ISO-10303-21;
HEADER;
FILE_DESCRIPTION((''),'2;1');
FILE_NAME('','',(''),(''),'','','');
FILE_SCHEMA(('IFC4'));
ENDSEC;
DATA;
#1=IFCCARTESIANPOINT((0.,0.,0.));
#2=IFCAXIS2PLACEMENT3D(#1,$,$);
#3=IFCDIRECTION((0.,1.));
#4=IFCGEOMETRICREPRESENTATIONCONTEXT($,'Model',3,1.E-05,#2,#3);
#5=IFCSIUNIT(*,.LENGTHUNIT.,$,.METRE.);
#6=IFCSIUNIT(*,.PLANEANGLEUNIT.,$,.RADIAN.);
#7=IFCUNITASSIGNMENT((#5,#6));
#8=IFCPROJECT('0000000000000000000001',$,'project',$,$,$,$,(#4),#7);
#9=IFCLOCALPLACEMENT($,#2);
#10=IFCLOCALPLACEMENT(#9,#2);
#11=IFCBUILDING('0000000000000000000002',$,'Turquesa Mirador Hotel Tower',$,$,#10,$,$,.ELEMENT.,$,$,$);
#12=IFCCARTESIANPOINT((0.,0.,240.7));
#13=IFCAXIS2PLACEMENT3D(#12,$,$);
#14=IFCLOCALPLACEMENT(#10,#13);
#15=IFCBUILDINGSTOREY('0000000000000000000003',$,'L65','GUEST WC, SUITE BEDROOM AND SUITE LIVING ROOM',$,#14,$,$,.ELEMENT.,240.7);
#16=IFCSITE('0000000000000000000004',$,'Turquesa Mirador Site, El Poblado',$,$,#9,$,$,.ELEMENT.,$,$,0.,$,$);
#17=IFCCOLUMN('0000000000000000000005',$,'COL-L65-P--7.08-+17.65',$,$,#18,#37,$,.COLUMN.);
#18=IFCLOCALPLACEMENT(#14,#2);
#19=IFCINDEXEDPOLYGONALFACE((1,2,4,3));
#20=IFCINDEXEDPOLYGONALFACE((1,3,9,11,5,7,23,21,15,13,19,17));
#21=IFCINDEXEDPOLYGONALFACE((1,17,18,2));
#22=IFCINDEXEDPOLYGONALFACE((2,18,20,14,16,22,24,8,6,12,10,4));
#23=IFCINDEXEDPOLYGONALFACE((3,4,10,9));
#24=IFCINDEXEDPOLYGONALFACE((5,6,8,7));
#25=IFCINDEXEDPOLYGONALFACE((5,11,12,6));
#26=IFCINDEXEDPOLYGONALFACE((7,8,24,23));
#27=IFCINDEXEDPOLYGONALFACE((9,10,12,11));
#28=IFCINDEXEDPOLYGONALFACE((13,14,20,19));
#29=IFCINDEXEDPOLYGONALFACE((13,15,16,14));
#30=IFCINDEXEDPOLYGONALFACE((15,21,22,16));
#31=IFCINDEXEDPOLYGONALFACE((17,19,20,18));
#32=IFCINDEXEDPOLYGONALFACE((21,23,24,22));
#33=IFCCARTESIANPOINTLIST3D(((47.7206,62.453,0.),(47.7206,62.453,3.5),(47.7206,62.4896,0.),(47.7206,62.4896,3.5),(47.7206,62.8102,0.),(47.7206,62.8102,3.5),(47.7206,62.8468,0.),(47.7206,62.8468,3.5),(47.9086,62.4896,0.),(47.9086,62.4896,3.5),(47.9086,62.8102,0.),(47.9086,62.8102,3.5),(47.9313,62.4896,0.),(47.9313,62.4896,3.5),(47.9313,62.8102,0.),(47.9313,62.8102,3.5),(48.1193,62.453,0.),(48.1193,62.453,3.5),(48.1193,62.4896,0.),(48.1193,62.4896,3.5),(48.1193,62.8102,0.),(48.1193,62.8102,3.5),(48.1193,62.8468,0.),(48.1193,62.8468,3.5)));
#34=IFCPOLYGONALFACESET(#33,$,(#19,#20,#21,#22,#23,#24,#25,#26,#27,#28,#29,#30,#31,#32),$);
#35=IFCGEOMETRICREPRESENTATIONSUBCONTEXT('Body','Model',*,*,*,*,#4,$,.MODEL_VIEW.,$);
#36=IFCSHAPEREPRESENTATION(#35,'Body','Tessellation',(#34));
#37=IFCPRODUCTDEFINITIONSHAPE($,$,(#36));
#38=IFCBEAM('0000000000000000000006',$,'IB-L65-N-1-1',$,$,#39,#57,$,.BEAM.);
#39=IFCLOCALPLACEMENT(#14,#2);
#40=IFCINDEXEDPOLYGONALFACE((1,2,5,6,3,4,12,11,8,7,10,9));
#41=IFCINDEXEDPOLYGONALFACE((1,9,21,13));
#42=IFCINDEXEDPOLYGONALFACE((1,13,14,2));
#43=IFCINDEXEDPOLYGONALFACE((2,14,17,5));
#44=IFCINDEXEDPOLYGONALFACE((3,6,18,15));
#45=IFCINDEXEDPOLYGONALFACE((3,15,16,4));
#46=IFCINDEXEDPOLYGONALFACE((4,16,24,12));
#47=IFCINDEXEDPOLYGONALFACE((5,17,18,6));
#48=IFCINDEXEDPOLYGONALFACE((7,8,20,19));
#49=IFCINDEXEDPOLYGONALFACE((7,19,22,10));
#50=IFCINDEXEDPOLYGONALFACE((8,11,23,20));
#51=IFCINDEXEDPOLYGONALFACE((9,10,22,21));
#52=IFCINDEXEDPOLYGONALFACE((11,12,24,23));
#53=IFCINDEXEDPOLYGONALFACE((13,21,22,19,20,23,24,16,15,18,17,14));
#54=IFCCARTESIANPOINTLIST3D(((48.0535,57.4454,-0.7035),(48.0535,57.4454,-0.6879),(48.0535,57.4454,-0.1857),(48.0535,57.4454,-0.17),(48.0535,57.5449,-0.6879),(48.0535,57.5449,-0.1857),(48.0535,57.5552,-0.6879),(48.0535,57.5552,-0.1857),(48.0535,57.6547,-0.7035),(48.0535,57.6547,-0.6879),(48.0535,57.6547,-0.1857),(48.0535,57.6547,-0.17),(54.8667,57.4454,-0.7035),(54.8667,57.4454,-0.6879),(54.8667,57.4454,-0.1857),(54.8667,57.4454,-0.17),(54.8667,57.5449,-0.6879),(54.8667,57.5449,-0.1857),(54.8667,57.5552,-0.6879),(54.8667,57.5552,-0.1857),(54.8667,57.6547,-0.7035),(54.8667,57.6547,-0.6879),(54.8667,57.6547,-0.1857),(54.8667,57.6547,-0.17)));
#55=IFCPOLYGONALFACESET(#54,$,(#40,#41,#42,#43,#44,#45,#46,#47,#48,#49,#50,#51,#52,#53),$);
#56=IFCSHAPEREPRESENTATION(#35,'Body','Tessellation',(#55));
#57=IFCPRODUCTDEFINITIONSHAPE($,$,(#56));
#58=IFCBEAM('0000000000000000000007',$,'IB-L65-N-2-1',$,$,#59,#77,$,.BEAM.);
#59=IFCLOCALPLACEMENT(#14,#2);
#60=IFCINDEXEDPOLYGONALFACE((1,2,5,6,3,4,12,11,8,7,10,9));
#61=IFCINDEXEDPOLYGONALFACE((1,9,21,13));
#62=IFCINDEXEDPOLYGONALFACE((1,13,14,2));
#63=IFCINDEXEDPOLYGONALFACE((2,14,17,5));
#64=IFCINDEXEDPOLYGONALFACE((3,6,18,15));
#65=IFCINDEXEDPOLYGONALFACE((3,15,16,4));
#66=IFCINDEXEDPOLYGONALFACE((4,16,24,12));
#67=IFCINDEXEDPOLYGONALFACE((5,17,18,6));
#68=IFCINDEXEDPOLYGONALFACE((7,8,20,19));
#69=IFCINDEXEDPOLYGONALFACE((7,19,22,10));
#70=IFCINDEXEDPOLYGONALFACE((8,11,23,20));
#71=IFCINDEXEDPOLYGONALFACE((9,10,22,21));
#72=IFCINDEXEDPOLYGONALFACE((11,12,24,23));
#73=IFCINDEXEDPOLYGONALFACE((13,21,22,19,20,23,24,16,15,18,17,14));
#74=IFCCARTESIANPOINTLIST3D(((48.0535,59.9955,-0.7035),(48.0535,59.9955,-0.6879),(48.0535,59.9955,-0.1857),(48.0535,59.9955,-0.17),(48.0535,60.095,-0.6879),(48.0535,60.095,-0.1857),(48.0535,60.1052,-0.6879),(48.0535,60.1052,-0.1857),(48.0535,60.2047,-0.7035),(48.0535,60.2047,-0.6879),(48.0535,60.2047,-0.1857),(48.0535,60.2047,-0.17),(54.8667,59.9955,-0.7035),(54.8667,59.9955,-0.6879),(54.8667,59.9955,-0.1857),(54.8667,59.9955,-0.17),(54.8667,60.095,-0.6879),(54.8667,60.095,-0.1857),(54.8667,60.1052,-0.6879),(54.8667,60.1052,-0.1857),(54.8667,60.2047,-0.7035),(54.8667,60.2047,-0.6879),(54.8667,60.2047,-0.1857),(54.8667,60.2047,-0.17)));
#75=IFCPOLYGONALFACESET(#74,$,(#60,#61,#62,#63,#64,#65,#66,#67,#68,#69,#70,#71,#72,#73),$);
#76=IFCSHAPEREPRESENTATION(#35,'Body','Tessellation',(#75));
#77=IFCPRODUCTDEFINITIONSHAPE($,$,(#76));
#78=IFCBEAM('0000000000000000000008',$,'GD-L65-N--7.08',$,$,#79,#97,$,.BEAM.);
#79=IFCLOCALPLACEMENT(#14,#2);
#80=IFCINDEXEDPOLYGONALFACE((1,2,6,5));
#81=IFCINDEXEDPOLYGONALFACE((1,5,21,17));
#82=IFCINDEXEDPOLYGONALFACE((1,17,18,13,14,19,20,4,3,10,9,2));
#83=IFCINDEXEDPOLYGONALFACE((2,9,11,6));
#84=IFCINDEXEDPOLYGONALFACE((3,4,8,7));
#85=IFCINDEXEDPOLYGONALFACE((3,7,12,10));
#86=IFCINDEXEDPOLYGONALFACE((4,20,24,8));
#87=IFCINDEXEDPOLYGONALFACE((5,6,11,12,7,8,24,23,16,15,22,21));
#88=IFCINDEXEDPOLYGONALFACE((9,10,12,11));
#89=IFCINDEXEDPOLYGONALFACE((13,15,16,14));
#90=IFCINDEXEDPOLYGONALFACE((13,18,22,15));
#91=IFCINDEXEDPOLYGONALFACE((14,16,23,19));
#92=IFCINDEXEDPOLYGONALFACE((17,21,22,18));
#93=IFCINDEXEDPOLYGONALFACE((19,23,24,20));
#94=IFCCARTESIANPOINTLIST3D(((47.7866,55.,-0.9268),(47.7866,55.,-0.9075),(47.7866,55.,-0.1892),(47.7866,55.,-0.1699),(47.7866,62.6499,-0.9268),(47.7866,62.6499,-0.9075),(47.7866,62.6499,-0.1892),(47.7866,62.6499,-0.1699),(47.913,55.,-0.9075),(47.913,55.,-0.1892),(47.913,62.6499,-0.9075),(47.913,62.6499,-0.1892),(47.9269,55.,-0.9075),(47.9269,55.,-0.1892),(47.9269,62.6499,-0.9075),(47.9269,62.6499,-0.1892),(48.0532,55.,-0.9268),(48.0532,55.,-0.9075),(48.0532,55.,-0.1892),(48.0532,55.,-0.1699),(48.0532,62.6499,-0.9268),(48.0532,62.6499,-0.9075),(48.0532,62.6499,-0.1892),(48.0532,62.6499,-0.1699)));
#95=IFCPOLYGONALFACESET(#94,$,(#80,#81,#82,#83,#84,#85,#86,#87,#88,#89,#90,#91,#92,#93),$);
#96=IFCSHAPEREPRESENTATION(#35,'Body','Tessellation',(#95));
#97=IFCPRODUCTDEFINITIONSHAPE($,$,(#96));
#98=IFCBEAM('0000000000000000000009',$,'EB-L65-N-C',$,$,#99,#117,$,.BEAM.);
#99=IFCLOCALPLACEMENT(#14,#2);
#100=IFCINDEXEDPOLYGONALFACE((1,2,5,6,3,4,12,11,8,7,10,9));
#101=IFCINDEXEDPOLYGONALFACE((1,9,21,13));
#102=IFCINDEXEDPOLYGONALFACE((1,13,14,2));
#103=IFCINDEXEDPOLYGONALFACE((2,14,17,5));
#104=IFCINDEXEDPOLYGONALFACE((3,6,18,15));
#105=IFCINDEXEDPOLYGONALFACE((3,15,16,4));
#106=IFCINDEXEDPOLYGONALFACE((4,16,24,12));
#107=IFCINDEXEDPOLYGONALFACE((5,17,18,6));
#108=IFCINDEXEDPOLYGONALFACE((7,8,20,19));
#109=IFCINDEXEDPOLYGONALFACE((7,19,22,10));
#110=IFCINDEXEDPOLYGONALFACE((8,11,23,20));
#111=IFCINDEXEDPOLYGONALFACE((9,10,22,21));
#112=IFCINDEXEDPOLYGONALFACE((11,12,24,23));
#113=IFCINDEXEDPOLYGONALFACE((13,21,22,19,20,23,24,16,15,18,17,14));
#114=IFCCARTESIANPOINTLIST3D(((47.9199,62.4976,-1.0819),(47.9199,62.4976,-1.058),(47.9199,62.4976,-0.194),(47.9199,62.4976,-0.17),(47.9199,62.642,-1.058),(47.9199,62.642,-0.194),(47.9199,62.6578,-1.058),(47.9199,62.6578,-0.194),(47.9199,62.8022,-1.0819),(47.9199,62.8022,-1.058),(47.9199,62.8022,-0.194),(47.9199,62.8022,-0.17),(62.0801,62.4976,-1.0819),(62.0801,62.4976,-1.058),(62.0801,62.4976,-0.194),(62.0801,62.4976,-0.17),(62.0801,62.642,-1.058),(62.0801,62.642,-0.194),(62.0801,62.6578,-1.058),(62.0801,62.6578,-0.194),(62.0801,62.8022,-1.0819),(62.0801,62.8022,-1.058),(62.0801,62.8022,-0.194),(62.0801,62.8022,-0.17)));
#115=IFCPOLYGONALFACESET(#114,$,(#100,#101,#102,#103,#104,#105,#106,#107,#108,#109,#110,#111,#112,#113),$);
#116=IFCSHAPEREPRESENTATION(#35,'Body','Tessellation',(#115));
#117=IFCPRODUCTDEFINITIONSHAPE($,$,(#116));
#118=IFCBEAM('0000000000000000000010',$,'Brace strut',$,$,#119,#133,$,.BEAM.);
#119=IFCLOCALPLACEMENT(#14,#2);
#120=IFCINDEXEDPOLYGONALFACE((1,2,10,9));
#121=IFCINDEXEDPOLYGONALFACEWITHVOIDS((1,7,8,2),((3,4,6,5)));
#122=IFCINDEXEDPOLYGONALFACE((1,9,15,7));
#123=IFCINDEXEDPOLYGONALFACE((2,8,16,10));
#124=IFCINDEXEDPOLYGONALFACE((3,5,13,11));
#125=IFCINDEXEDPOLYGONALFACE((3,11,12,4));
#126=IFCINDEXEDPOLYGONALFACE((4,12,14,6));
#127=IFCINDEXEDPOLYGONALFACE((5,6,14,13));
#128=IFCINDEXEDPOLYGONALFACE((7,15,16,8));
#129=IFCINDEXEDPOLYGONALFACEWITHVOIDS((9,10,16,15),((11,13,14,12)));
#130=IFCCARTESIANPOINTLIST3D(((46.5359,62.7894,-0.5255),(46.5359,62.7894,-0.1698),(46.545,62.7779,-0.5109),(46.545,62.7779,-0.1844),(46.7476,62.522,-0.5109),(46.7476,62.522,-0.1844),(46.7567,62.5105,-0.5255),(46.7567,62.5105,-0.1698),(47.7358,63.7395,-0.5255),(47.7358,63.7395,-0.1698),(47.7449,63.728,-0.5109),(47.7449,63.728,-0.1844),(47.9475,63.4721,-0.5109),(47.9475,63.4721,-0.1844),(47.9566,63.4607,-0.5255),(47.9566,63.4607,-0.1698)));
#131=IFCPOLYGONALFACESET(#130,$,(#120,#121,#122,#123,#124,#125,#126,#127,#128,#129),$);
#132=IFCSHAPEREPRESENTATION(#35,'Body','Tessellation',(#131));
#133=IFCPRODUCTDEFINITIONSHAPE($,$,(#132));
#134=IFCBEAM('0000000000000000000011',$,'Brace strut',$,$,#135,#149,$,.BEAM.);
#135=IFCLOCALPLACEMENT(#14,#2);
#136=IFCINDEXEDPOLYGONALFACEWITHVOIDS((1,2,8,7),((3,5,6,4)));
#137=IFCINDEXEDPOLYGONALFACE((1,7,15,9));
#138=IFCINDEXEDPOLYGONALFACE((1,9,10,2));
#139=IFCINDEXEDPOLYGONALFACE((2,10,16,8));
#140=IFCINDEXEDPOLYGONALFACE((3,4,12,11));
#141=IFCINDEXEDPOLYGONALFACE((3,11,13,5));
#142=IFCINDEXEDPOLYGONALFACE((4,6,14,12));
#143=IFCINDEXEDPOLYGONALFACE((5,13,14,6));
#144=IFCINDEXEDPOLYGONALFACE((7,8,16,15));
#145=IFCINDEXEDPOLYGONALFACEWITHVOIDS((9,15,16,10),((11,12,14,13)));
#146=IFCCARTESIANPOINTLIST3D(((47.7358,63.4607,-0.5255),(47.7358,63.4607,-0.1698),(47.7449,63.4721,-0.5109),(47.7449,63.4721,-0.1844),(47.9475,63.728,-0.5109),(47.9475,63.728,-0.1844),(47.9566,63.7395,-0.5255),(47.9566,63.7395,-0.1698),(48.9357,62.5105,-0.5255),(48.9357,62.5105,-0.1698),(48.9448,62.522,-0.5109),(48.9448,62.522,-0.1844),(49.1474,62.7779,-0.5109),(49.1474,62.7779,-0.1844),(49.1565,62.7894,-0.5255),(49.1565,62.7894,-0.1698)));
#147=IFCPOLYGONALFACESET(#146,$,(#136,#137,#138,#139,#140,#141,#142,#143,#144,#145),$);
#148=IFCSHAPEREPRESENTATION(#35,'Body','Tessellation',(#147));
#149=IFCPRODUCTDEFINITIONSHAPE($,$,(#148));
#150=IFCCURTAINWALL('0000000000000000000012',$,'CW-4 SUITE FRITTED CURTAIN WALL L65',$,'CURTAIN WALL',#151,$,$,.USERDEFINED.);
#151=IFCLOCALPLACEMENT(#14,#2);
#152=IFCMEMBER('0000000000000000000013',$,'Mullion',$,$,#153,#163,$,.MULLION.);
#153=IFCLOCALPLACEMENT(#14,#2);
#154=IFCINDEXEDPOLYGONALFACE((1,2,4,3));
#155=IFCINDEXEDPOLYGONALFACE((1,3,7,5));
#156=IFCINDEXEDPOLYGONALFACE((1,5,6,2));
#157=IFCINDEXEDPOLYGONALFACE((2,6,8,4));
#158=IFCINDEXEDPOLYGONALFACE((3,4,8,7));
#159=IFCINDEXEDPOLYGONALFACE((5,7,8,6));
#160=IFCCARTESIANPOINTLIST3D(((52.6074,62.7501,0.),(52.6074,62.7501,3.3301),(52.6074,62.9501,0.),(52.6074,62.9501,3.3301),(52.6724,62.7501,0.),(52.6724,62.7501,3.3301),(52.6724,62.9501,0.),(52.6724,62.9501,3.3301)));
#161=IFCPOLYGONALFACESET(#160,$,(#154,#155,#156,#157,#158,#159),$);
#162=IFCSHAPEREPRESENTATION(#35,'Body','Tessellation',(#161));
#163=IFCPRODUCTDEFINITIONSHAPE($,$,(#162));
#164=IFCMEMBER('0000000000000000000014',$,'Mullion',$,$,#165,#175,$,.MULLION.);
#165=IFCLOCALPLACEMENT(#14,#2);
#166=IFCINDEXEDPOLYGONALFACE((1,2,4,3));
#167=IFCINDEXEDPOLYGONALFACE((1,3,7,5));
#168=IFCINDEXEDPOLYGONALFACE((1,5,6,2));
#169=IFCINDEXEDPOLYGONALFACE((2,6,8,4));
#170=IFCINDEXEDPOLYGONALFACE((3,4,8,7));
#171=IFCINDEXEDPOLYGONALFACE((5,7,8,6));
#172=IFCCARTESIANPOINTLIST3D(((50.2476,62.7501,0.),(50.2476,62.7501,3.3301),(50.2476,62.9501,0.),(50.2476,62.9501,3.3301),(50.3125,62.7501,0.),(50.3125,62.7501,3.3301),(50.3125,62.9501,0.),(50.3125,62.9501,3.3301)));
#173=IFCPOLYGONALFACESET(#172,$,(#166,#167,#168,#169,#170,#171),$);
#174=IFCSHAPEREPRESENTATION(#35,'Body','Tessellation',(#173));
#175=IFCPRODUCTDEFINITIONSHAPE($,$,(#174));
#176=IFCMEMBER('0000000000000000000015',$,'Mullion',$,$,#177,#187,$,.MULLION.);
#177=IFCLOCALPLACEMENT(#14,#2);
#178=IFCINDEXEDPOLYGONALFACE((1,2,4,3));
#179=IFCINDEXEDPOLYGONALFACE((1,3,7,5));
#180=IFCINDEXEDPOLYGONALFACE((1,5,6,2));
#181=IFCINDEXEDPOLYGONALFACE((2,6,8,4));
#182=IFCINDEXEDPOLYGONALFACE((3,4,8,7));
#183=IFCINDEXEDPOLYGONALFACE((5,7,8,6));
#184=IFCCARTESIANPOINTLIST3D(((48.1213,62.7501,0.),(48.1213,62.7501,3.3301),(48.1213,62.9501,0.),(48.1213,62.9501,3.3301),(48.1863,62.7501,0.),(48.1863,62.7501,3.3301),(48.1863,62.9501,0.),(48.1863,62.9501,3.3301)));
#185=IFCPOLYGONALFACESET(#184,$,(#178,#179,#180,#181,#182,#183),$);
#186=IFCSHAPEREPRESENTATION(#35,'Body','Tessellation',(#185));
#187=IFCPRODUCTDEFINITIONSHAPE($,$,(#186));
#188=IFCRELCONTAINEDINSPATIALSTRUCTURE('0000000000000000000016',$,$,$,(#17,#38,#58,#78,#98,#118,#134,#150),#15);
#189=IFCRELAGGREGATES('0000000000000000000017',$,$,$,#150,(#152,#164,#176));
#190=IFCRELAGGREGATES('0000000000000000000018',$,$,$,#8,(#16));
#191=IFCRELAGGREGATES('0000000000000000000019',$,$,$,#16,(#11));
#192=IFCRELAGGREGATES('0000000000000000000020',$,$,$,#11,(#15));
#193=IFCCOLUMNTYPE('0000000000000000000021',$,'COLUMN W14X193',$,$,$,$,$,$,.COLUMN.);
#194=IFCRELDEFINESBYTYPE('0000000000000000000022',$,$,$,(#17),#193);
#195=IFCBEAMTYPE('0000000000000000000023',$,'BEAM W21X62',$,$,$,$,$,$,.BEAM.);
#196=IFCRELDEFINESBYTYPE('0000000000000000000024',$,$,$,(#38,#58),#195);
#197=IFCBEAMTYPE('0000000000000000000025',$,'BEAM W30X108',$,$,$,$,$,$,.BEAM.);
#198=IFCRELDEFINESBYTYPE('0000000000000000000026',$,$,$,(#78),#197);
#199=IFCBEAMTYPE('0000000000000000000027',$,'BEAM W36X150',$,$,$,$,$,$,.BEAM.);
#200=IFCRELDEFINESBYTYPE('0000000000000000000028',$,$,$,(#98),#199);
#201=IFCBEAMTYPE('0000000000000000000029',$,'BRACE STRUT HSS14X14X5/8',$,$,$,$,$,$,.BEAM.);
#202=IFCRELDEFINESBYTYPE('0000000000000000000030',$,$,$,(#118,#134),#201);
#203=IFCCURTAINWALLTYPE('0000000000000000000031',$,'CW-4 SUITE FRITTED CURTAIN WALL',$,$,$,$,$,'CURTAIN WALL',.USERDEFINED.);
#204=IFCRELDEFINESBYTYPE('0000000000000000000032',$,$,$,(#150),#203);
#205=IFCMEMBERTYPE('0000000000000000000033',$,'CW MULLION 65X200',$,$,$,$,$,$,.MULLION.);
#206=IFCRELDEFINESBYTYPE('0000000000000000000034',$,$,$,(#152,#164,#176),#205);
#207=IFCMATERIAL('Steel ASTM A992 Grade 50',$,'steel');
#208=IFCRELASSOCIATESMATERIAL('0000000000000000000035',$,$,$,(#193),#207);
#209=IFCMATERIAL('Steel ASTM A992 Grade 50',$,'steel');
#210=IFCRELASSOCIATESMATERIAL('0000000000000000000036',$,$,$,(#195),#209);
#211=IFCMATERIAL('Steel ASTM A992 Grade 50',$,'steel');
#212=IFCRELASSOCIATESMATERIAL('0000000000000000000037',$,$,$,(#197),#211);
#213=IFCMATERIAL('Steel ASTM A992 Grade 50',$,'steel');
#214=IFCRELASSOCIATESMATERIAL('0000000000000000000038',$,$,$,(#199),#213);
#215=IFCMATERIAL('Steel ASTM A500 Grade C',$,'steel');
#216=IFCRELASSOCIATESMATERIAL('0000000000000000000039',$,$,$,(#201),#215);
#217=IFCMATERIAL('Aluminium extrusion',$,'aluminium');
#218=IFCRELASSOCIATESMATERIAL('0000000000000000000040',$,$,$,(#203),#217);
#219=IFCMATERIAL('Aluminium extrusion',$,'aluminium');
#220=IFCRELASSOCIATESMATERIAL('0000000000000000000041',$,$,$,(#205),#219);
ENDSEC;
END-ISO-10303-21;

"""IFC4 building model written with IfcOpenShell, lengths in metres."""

from ifc_helpers import new_model, si_unit, direction, frame, origin, origin_2d, place, context, subcontext, project, spatial, rectangle, hollow_rectangle, i_section, extrude, material, material_profile, profile_set, type_object, element, aggregate, save


model = new_model("IFC4")

# Units and contexts
model_context = context("Model", 3, precision=1e-05, world=origin(), true_north=direction((0.0, 1.0)))
body_context = subcontext(model_context, "Body", "Model", "MODEL_VIEW")
ifc_project = project(units=[si_unit("LENGTHUNIT", "METRE"), si_unit("PLANEANGLEUNIT", "RADIAN")], contexts=[model_context])

# Site, building, storey
site_placement = place(None, origin())
site = spatial("IfcSite", under=ifc_project, at=site_placement, Name="Turquesa Mirador Site, El Poblado", CompositionType="ELEMENT", RefElevation=0.0)
building_placement = place(site_placement, origin())
building = spatial("IfcBuilding", under=site, at=building_placement, Name="Turquesa Mirador Hotel Tower", CompositionType="ELEMENT")
storey_placement = place(building_placement, frame((0.0, 0.0, 240.7)))
storey = spatial("IfcBuildingStorey", under=building, at=storey_placement, Name="L65", Description="GUEST WC, SUITE BEDROOM AND SUITE LIVING ROOM", CompositionType="ELEMENT", Elevation=240.7)

# Column
ifc_material_1 = material(Name="Steel ASTM A992 Grade 50", Category="steel")
ifc_material_profile_1 = material_profile(ifc_material_1, i_section(OverallWidth=0.3987, OverallDepth=0.3938, WebThickness=0.0227, FlangeThickness=0.0366, at=origin_2d()), Name="W14X193")
ifc_profile_set_1 = profile_set([ifc_material_profile_1], Name="Steel ASTM A992 Grade 50")
column_type = type_object("IfcColumnType", Name="COLUMN W14X193", PredefinedType="COLUMN", material=ifc_profile_set_1)
column_placement = place(storey_placement, frame((47.9199, 62.6499, 0.0), z_axis=(0.0, 0.0, 1.0), x_axis=(1.0, 0.0, 0.0)))
element("IfcColumn", 1, at=column_placement, inside=storey, type_object=column_type, Name="COL-L65-P--7.08-+17.65", PredefinedType="COLUMN", context=body_context, shape_type="SweptSolid", body=[
    extrude(i_section(OverallWidth=0.3987, OverallDepth=0.3938, WebThickness=0.0227, FlangeThickness=0.0366, at=origin_2d()), origin(), (0.0, 0.0, 1.0), 3.5),
])

# Beams
ifc_material_2 = material(Name="Steel ASTM A992 Grade 50", Category="steel")
ifc_material_profile_2 = material_profile(ifc_material_2, i_section(OverallWidth=0.2092, OverallDepth=0.5334, WebThickness=0.0103, FlangeThickness=0.0156, at=origin_2d()), Name="W21X62")
ifc_profile_set_2 = profile_set([ifc_material_profile_2], Name="Steel ASTM A992 Grade 50")
beam_type_1 = type_object("IfcBeamType", Name="BEAM W21X62", PredefinedType="BEAM", material=ifc_profile_set_2)
for number, where, z_axis, x_axis, name in (
    (2, (48.0535, 57.55, -0.4368), (1.0, 0.0, 0.0), (0.0, 1.0, 0.0), "IB-L65-N-1-1"),
    (3, (48.0535, 60.1001, -0.4368), (1.0, 0.0, 0.0), (0.0, 1.0, 0.0), "IB-L65-N-2-1"),
):
    element("IfcBeam", number, at=place(storey_placement, frame(where, z_axis=z_axis, x_axis=x_axis)), inside=storey, type_object=beam_type_1, Name=name, PredefinedType="BEAM", context=body_context, shape_type="SweptSolid", body=[
        extrude(i_section(OverallWidth=0.2092, OverallDepth=0.5334, WebThickness=0.0103, FlangeThickness=0.0156, at=origin_2d()), origin(), (0.0, 0.0, 1.0), 6.8132),
    ])
ifc_material_3 = material(Name="Steel ASTM A992 Grade 50", Category="steel")
ifc_material_profile_3 = material_profile(ifc_material_3, i_section(OverallWidth=0.2666, OverallDepth=0.7568, WebThickness=0.0139, FlangeThickness=0.0193, at=origin_2d()), Name="W30X108")
ifc_profile_set_3 = profile_set([ifc_material_profile_3], Name="Steel ASTM A992 Grade 50")
beam_type_2 = type_object("IfcBeamType", Name="BEAM W30X108", PredefinedType="BEAM", material=ifc_profile_set_3)
beam_1_placement = place(storey_placement, frame((47.9199, 62.6499, -0.5483), z_axis=(0.0, -1.0, 0.0), x_axis=(1.0, 0.0, 0.0)))
element("IfcBeam", 4, at=beam_1_placement, inside=storey, type_object=beam_type_2, Name="GD-L65-N--7.08", PredefinedType="BEAM", context=body_context, shape_type="SweptSolid", body=[
    extrude(i_section(OverallWidth=0.2666, OverallDepth=0.7568, WebThickness=0.0139, FlangeThickness=0.0193, at=origin_2d()), origin(), (0.0, 0.0, 1.0), 7.6499),
])
ifc_material_4 = material(Name="Steel ASTM A992 Grade 50", Category="steel")
ifc_material_profile_4 = material_profile(ifc_material_4, i_section(OverallWidth=0.3047, OverallDepth=0.9119, WebThickness=0.0159, FlangeThickness=0.0239, at=origin_2d()), Name="W36X150")
ifc_profile_set_4 = profile_set([ifc_material_profile_4], Name="Steel ASTM A992 Grade 50")
beam_type_3 = type_object("IfcBeamType", Name="BEAM W36X150", PredefinedType="BEAM", material=ifc_profile_set_4)
beam_2_placement = place(storey_placement, frame((47.9199, 62.6499, -0.626), z_axis=(1.0, 0.0, 0.0), x_axis=(0.0, 1.0, 0.0)))
element("IfcBeam", 5, at=beam_2_placement, inside=storey, type_object=beam_type_3, Name="EB-L65-N-C", PredefinedType="BEAM", context=body_context, shape_type="SweptSolid", body=[
    extrude(i_section(OverallWidth=0.3047, OverallDepth=0.9119, WebThickness=0.0159, FlangeThickness=0.0239, at=origin_2d()), origin(), (0.0, 0.0, 1.0), 14.1602),
])
ifc_material_5 = material(Name="Steel ASTM A500 Grade C", Category="steel")
ifc_material_profile_5 = material_profile(ifc_material_5, hollow_rectangle(XDim=0.3557, YDim=0.3557, WallThickness=0.0146, at=origin_2d()), Name="HSS14X14X5/8")
ifc_profile_set_5 = profile_set([ifc_material_profile_5], Name="Steel ASTM A500 Grade C")
beam_type_4 = type_object("IfcBeamType", Name="BRACE STRUT HSS14X14X5/8", PredefinedType="BEAM", material=ifc_profile_set_5)
for number, where, z_axis, x_axis, name in (
    (6, (47.8462, 63.6001, -0.3477), (-0.783971, -0.620797, 0.0), (0.620797, -0.783971, 0.0), "Brace strut"),
    (7, (47.8462, 63.6001, -0.3477), (0.783971, -0.620797, 0.0), (0.620797, 0.783971, 0.0), "Brace strut"),
):
    element("IfcBeam", number, at=place(storey_placement, frame(where, z_axis=z_axis, x_axis=x_axis)), inside=storey, type_object=beam_type_4, Name=name, PredefinedType="BEAM", context=body_context, shape_type="SweptSolid", body=[
        extrude(hollow_rectangle(XDim=0.3557, YDim=0.3557, WallThickness=0.0146, at=origin_2d()), origin(), (0.0, 0.0, 1.0), 1.5305),
    ])

# Curtain wall, members
ifc_material_6 = material(Name="Aluminium extrusion", Category="aluminium")
curtain_wall_type = type_object("IfcCurtainWallType", Name="CW-4 SUITE FRITTED CURTAIN WALL", ElementType="CURTAIN WALL", PredefinedType="USERDEFINED", material=ifc_material_6)
curtain_wall_1_placement = place(storey_placement, origin())
curtain_wall_1 = element("IfcCurtainWall", 8, at=curtain_wall_1_placement, inside=storey, type_object=curtain_wall_type, Name="CW-4 SUITE FRITTED CURTAIN WALL L65", ObjectType="CURTAIN WALL", PredefinedType="USERDEFINED")
ifc_material_7 = material(Name="Aluminium extrusion", Category="aluminium")
ifc_material_profile_6 = material_profile(ifc_material_7, rectangle(XDim=0.0649, YDim=0.2, at=origin_2d()), Name="MULLION 65X200")
ifc_profile_set_6 = profile_set([ifc_material_profile_6], Name="Aluminium extrusion")
member_type_1 = type_object("IfcMemberType", Name="CW MULLION 65X200", PredefinedType="MULLION", material=ifc_profile_set_6)
member_1_placement = place(storey_placement, frame((52.6399, 62.8501, 0.0), z_axis=(0.0, 0.0, 1.0), x_axis=(-1.0, 0.0, 0.0)))
member_1 = element("IfcMember", 9, at=member_1_placement, type_object=member_type_1, Name="Mullion", PredefinedType="MULLION", context=body_context, shape_type="SweptSolid", body=[
    extrude(rectangle(XDim=0.0649, YDim=0.2, at=origin_2d()), origin(), (0.0, 0.0, 1.0), 3.3301),
])
member_2_placement = place(storey_placement, frame((50.28, 62.8501, 0.0), z_axis=(0.0, 0.0, 1.0), x_axis=(-1.0, 0.0, 0.0)))
member_2 = element("IfcMember", 10, at=member_2_placement, type_object=member_type_1, Name="Mullion", PredefinedType="MULLION", context=body_context, shape_type="SweptSolid", body=[
    extrude(rectangle(XDim=0.0649, YDim=0.2, at=origin_2d()), origin(), (0.0, 0.0, 1.0), 3.3301),
])
member_3_placement = place(storey_placement, frame((48.1538, 62.8501, 0.0), z_axis=(0.0, 0.0, 1.0), x_axis=(-1.0, 0.0, 0.0)))
member_3 = element("IfcMember", 11, at=member_3_placement, type_object=member_type_1, Name="Mullion", PredefinedType="MULLION", context=body_context, shape_type="SweptSolid", body=[
    extrude(rectangle(XDim=0.0649, YDim=0.2, at=origin_2d()), origin(), (0.0, 0.0, 1.0), 3.3301),
])

aggregate(curtain_wall_1, [member_1, member_2, member_3])

save(model, "model.ifc")
